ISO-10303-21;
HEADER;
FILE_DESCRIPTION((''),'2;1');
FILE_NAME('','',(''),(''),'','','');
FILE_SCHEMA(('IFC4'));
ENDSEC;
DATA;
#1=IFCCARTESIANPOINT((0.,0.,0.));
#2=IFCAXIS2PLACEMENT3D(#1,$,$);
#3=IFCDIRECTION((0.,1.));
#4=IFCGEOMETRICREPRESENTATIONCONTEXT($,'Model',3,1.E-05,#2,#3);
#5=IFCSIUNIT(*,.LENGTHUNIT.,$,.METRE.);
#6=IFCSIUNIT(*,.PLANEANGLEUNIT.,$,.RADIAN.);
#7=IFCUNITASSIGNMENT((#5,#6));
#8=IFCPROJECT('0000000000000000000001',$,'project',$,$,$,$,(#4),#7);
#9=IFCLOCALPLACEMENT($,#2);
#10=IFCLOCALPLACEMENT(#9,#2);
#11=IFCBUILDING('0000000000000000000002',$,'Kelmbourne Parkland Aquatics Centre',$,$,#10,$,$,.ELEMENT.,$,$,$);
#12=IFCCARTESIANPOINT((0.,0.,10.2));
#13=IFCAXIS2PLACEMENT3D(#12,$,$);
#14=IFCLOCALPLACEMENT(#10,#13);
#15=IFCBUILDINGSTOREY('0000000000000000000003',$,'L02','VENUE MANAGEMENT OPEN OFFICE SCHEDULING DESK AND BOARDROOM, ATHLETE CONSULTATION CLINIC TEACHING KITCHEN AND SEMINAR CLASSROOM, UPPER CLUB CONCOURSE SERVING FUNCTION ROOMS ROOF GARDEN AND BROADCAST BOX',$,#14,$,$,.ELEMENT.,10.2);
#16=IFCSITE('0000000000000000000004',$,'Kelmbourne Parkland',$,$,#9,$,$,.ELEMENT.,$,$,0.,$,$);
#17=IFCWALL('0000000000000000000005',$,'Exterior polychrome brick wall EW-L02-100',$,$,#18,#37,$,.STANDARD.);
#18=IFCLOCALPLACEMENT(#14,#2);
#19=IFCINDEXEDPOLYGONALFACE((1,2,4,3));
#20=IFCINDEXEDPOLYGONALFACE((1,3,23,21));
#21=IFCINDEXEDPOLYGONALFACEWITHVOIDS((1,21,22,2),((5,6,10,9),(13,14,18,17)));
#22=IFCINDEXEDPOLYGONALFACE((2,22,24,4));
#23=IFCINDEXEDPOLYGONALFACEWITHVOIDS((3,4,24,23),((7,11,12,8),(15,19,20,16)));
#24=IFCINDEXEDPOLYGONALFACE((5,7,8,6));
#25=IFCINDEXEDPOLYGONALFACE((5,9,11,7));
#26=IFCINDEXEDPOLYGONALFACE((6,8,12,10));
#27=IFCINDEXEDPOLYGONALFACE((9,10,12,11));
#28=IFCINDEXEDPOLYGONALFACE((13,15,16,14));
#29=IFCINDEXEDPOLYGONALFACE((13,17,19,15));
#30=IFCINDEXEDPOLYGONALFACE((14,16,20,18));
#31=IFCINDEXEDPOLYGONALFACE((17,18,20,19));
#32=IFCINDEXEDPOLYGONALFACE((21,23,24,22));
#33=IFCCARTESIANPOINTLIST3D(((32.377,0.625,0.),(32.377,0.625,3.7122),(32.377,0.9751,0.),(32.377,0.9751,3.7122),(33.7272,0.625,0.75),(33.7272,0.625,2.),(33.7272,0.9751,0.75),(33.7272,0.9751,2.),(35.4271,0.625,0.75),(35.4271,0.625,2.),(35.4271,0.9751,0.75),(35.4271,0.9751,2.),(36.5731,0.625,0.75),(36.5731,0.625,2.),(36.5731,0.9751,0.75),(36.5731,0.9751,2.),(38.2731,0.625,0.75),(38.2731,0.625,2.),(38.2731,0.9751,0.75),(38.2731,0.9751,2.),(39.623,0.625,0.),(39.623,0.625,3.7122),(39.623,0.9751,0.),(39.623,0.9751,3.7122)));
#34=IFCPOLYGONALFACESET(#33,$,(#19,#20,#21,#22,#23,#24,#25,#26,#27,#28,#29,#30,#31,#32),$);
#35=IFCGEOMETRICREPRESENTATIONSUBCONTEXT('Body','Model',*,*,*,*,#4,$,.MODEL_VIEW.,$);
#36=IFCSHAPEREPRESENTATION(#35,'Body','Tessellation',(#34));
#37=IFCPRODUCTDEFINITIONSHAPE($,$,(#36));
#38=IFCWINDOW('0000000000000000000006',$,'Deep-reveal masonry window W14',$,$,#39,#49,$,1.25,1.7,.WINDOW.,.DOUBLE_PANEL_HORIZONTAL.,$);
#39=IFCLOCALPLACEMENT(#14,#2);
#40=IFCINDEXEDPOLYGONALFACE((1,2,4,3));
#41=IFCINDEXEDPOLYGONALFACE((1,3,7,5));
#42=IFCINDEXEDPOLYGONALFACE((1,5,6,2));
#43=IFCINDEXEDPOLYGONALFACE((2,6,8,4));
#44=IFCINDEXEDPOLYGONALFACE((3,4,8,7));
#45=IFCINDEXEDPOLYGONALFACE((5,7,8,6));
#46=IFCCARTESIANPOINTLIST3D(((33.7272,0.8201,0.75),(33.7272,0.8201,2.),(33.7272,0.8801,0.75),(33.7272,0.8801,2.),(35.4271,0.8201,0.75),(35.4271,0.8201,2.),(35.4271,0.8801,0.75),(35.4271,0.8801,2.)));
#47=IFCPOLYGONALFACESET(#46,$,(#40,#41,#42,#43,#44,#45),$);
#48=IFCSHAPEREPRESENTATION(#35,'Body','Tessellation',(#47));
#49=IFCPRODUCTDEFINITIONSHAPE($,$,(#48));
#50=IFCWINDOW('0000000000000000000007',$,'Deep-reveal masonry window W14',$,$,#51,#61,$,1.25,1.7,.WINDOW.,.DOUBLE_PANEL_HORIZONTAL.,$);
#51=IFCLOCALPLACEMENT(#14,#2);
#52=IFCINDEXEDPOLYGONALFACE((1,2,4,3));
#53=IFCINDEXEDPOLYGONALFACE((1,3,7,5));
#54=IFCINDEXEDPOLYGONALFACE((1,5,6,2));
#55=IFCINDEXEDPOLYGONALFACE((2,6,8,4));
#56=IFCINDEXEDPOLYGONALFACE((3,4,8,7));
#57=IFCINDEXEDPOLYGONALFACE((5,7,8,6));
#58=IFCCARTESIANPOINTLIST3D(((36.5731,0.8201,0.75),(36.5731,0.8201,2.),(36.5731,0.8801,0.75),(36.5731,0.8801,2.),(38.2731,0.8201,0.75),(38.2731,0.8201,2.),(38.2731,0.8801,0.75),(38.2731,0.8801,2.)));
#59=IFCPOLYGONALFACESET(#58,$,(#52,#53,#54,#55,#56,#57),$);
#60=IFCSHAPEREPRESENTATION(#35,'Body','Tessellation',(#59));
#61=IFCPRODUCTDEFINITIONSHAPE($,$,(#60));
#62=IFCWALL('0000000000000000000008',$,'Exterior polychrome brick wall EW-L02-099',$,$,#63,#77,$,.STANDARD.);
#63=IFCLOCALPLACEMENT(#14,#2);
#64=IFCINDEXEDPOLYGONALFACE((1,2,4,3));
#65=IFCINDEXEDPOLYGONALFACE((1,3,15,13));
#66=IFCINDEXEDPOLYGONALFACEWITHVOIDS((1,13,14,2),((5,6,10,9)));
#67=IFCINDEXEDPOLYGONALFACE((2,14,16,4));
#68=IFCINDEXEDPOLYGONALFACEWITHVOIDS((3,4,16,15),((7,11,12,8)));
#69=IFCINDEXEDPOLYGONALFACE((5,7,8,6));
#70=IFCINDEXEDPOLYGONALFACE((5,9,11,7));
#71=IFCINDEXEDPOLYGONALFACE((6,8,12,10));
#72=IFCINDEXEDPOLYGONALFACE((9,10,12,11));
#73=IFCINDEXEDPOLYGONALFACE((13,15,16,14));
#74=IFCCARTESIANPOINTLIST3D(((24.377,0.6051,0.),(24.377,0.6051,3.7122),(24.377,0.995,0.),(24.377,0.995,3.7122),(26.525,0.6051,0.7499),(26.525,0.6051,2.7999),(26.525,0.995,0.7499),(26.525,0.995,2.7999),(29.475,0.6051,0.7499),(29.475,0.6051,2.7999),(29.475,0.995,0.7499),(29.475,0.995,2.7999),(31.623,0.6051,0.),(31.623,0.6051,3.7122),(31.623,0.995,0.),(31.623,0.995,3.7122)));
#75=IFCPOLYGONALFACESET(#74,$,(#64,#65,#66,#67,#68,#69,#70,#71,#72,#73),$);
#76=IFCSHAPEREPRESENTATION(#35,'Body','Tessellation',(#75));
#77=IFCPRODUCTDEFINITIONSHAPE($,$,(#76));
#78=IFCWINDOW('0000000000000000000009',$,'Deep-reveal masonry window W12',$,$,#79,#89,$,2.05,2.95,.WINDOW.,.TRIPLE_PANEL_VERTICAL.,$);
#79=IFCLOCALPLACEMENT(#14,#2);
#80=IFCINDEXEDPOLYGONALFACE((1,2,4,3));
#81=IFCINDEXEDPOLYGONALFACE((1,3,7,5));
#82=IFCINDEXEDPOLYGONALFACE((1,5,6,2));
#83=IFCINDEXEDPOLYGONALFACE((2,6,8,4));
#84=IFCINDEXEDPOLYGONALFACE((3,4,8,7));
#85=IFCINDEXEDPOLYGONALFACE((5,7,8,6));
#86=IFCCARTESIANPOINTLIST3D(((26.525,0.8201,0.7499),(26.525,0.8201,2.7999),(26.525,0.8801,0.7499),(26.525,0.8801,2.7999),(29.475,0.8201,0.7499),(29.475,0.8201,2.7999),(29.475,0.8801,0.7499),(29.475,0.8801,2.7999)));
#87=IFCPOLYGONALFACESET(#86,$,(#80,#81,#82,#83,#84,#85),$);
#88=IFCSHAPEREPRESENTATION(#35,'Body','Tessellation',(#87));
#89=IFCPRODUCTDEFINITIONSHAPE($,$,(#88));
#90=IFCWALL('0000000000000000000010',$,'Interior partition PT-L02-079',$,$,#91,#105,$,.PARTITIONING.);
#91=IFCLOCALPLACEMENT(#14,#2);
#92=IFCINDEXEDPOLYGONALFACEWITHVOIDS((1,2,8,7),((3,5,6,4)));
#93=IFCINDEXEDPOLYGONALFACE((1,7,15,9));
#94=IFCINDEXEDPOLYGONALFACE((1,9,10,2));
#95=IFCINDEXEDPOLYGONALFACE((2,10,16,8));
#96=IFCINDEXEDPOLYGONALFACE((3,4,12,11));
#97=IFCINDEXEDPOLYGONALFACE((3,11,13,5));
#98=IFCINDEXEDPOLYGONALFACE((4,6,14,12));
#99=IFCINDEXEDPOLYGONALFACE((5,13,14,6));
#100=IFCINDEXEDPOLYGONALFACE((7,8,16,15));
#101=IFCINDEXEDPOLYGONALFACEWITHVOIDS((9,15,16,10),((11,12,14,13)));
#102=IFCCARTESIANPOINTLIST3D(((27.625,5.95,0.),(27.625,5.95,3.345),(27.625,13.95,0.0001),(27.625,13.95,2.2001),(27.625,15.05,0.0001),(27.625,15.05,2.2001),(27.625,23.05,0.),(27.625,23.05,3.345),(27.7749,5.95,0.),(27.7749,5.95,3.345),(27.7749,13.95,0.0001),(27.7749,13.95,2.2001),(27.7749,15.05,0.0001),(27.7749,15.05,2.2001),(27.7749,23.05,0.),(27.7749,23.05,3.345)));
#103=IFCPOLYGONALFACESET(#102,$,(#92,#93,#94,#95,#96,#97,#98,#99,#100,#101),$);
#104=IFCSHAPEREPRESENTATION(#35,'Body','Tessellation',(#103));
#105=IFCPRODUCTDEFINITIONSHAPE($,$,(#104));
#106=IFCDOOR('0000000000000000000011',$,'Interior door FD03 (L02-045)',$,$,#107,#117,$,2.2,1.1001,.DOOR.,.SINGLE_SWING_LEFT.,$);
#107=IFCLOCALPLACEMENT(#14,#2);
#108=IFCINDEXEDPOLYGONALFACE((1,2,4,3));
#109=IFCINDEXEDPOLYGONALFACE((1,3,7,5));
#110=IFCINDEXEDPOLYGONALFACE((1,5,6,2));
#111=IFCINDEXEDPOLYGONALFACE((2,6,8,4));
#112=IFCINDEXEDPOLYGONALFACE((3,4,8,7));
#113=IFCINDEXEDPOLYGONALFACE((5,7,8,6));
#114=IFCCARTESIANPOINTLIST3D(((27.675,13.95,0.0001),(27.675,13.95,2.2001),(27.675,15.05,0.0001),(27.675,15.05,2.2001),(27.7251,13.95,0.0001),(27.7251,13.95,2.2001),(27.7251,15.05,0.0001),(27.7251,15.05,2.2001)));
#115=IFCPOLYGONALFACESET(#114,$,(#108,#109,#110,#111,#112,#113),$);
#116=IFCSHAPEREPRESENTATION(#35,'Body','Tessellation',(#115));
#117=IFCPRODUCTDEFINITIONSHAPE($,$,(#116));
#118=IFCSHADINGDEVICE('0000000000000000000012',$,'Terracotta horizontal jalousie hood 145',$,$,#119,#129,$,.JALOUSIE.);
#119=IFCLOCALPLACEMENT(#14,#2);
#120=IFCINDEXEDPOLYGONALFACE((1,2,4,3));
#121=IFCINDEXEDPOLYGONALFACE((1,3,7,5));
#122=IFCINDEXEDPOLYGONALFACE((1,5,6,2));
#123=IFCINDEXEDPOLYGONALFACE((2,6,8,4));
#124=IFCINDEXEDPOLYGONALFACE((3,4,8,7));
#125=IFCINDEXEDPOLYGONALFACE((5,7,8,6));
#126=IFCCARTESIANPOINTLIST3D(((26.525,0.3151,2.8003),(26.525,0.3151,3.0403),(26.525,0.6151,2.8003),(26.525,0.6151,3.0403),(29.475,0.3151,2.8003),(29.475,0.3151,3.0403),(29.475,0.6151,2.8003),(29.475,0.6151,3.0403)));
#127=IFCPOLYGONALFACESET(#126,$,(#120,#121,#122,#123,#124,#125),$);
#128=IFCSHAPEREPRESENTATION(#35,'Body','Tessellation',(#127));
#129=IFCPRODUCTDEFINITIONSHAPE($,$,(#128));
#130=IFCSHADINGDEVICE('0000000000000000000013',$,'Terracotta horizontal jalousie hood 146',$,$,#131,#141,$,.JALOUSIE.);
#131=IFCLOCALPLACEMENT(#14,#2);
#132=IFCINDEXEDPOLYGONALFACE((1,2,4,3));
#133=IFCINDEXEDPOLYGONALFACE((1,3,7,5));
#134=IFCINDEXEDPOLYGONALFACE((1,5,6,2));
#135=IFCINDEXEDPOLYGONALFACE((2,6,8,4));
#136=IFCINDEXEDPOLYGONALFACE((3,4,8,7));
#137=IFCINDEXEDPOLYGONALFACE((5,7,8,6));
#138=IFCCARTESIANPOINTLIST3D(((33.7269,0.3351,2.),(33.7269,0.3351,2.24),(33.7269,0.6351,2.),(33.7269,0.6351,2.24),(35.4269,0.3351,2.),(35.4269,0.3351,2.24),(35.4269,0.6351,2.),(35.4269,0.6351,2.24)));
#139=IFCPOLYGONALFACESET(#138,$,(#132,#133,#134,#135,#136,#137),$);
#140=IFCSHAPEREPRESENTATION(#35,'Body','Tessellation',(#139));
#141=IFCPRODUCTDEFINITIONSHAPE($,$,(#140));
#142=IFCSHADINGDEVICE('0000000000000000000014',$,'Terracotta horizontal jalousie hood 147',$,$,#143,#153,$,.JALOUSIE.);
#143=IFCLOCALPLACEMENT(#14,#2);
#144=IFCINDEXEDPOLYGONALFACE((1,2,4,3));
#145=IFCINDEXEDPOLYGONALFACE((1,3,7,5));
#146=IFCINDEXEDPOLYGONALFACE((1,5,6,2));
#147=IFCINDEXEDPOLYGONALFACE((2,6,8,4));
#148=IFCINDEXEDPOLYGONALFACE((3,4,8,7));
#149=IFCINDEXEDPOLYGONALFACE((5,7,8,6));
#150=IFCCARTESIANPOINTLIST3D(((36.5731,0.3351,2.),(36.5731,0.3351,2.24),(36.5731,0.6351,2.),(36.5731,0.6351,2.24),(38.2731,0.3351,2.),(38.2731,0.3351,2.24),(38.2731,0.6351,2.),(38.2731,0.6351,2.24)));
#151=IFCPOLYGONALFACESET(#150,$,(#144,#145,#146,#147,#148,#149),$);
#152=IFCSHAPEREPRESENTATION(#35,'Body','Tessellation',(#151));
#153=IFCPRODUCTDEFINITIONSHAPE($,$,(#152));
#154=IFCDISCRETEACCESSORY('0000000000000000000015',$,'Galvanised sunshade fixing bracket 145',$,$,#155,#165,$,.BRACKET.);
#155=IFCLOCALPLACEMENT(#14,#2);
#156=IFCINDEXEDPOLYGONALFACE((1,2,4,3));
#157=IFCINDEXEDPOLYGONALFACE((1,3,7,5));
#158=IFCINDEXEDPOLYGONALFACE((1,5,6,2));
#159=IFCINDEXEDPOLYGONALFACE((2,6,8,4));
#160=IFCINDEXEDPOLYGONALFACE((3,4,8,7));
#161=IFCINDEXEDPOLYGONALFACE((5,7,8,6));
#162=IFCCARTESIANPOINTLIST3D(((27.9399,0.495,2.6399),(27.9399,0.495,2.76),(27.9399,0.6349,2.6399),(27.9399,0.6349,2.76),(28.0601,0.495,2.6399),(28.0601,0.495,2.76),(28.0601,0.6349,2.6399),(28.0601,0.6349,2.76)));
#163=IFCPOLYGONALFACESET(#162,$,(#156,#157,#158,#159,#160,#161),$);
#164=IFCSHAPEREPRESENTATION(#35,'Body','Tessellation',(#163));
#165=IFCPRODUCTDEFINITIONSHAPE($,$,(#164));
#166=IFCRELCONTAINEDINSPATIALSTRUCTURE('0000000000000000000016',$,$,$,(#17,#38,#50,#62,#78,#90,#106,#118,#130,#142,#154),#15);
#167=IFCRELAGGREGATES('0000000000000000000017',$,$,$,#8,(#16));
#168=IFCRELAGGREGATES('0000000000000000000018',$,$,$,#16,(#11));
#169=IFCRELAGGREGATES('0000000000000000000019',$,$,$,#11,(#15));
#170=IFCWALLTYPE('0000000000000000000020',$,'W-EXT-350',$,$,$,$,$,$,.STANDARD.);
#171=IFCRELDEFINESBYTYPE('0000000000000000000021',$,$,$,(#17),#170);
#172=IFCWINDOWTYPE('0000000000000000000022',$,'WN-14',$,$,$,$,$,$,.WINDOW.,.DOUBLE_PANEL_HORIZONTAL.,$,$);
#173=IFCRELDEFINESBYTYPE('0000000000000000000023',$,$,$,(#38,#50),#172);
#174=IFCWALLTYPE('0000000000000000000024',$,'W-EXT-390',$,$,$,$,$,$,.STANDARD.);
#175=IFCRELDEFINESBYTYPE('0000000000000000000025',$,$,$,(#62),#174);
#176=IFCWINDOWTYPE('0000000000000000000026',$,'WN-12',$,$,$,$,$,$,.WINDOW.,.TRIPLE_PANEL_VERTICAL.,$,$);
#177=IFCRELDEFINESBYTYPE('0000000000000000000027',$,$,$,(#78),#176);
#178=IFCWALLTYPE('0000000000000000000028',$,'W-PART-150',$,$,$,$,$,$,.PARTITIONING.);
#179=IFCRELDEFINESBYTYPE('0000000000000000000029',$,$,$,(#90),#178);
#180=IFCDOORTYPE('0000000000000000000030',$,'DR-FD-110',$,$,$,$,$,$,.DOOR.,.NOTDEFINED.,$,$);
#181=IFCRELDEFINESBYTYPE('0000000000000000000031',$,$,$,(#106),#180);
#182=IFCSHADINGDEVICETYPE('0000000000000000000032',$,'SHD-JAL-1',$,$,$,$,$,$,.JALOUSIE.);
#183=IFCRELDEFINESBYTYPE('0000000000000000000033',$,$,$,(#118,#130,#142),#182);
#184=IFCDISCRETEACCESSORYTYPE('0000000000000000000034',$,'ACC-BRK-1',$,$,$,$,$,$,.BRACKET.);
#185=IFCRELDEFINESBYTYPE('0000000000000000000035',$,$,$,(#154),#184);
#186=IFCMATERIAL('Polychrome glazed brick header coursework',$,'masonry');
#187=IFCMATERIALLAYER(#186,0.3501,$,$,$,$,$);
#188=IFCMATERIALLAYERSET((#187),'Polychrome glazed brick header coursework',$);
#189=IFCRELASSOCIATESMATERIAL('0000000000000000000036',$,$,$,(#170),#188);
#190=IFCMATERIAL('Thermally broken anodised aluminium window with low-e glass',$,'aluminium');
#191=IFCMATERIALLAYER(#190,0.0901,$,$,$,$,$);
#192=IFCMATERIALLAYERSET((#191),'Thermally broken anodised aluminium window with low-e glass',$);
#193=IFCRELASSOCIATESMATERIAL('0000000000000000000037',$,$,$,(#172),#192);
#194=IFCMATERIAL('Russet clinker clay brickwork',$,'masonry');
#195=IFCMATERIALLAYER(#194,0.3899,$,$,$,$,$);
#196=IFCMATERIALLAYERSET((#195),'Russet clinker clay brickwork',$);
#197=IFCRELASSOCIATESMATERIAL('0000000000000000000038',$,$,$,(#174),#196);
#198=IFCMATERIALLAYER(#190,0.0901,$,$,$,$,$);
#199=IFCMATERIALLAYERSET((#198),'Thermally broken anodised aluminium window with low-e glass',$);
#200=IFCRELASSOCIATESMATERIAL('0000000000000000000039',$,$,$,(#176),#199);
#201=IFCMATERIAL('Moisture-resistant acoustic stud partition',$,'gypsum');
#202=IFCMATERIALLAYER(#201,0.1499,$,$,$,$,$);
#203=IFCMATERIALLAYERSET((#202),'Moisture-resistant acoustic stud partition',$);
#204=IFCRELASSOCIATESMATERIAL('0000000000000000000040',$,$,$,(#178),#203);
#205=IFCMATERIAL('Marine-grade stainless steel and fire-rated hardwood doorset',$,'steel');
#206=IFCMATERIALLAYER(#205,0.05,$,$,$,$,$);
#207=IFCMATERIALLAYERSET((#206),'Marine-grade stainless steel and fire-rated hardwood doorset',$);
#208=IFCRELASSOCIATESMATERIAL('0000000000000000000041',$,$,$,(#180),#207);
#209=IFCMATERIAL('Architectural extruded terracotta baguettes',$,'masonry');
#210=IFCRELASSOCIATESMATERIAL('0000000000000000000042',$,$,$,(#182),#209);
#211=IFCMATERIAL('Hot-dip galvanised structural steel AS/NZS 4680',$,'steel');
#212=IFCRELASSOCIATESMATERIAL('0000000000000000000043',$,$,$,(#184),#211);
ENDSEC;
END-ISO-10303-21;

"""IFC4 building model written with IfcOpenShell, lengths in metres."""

from ifc_helpers import new_model, si_unit, direction, frame, frame_2d, origin, origin_2d, place, context, subcontext, project, spatial, rectangle, extrude, material, layer, layer_set, type_object, element, fill, save


model = new_model("IFC4")

# Units and contexts
model_context = context("Model", 3, precision=1e-05, world=origin(), true_north=direction((0.0, 1.0)))
body_context = subcontext(model_context, "Body", "Model", "MODEL_VIEW")
ifc_project = project(units=[si_unit("LENGTHUNIT", "METRE"), si_unit("PLANEANGLEUNIT", "RADIAN")], contexts=[model_context])

# Site, building, storey
site_placement = place(None, origin())
site = spatial("IfcSite", under=ifc_project, at=site_placement, Name="Kelmbourne Parkland", CompositionType="ELEMENT", RefElevation=0.0)
building_placement = place(site_placement, origin())
building = spatial("IfcBuilding", under=site, at=building_placement, Name="Kelmbourne Parkland Aquatics Centre", CompositionType="ELEMENT")
storey_placement = place(building_placement, frame((0.0, 0.0, 10.2)))
storey = spatial("IfcBuildingStorey", under=building, at=storey_placement, Name="L02", Description="VENUE MANAGEMENT OPEN OFFICE SCHEDULING DESK AND BOARDROOM, ATHLETE CONSULTATION CLINIC TEACHING KITCHEN AND SEMINAR CLASSROOM, UPPER CLUB CONCOURSE SERVING FUNCTION ROOMS ROOF GARDEN AND BROADCAST BOX", CompositionType="ELEMENT", Elevation=10.2)

# Wall, openings, windows
ifc_material_1 = material(Name="Polychrome glazed brick header coursework", Category="masonry")
ifc_layer_1 = layer(ifc_material_1, 0.3501)
ifc_layer_set_1 = layer_set([ifc_layer_1], Name="Polychrome glazed brick header coursework")
wall_type_1 = type_object("IfcWallType", Name="W-EXT-350", PredefinedType="STANDARD", material=ifc_layer_set_1)
wall_1_placement = place(storey_placement, frame((32.377, 0.8, 0.0), z_axis=(0.0, 0.0, 1.0), x_axis=(1.0, 0.0, 0.0)))
wall_1 = element("IfcWall", 1, at=wall_1_placement, inside=storey, type_object=wall_type_1, Name="Exterior polychrome brick wall EW-L02-100", PredefinedType="STANDARD", context=body_context, shape_type="SweptSolid", body=[
    extrude(rectangle(XDim=7.2461, YDim=0.3501, at=frame_2d((3.623, 0.0))), origin(), (0.0, 0.0, 1.0), 3.7122),
])
opening_1_placement = place(wall_1_placement, frame((1.3501, 0.0, 0.75)))
opening_1 = element("IfcOpeningElement", 2, at=opening_1_placement, cuts=wall_1, PredefinedType="OPENING", context=body_context, shape_type="SweptSolid", body=[
    extrude(rectangle(XDim=1.7, YDim=1.25, at=frame_2d((0.8501, 0.625))), frame((0.0, 0.187, 0.0), z_axis=(0.0, -1.0, 0.0), x_axis=(1.0, 0.0, 0.0)), (0.0, 0.0, 1.0), 0.374),
])
opening_2_placement = place(wall_1_placement, frame((4.196, 0.0, 0.75)))
opening_2 = element("IfcOpeningElement", 3, at=opening_2_placement, cuts=wall_1, PredefinedType="OPENING", context=body_context, shape_type="SweptSolid", body=[
    extrude(rectangle(XDim=1.7, YDim=1.25, at=frame_2d((0.8501, 0.625))), frame((0.0, 0.187, 0.0), z_axis=(0.0, -1.0, 0.0), x_axis=(1.0, 0.0, 0.0)), (0.0, 0.0, 1.0), 0.374),
])
ifc_material_2 = material(Name="Thermally broken anodised aluminium window with low-e glass", Category="aluminium")
ifc_layer_2 = layer(ifc_material_2, 0.0901)
ifc_layer_set_2 = layer_set([ifc_layer_2], Name="Thermally broken anodised aluminium window with low-e glass")
window_type_1 = type_object("IfcWindowType", Name="WN-14", PartitioningType="DOUBLE_PANEL_HORIZONTAL", PredefinedType="WINDOW", material=ifc_layer_set_2)
window_1_placement = place(opening_1_placement, origin())
window_1 = element("IfcWindow", 4, at=window_1_placement, inside=storey, type_object=window_type_1, Name="Deep-reveal masonry window W14", OverallHeight=1.25, OverallWidth=1.7, PartitioningType="DOUBLE_PANEL_HORIZONTAL", PredefinedType="WINDOW", context=body_context, shape_type="SweptSolid", body=[
    extrude(rectangle(XDim=1.7, YDim=1.25, at=frame_2d((0.8501, 0.625))), frame((0.0, 0.0801, 0.0), z_axis=(0.0, -1.0, 0.0), x_axis=(1.0, 0.0, 0.0)), (0.0, 0.0, 1.0), 0.0601),
])
fill(opening_1, window_1)
window_2_placement = place(opening_2_placement, origin())
window_2 = element("IfcWindow", 5, at=window_2_placement, inside=storey, type_object=window_type_1, Name="Deep-reveal masonry window W14", OverallHeight=1.25, OverallWidth=1.7, PartitioningType="DOUBLE_PANEL_HORIZONTAL", PredefinedType="WINDOW", context=body_context, shape_type="SweptSolid", body=[
    extrude(rectangle(XDim=1.7, YDim=1.25, at=frame_2d((0.8501, 0.625))), frame((0.0, 0.0801, 0.0), z_axis=(0.0, -1.0, 0.0), x_axis=(1.0, 0.0, 0.0)), (0.0, 0.0, 1.0), 0.0601),
])
fill(opening_2, window_2)

# Wall, opening, window
ifc_material_3 = material(Name="Russet clinker clay brickwork", Category="masonry")
ifc_layer_3 = layer(ifc_material_3, 0.3899)
ifc_layer_set_3 = layer_set([ifc_layer_3], Name="Russet clinker clay brickwork")
wall_type_2 = type_object("IfcWallType", Name="W-EXT-390", PredefinedType="STANDARD", material=ifc_layer_set_3)
wall_2_placement = place(storey_placement, frame((24.377, 0.8, 0.0), z_axis=(0.0, 0.0, 1.0), x_axis=(1.0, 0.0, 0.0)))
wall_2 = element("IfcWall", 6, at=wall_2_placement, inside=storey, type_object=wall_type_2, Name="Exterior polychrome brick wall EW-L02-099", PredefinedType="STANDARD", context=body_context, shape_type="SweptSolid", body=[
    extrude(rectangle(XDim=7.2461, YDim=0.3899, at=frame_2d((3.623, 0.0))), origin(), (0.0, 0.0, 1.0), 3.7122),
])
opening_3_placement = place(wall_2_placement, frame((2.1479, 0.0, 0.75)))
opening_3 = element("IfcOpeningElement", 7, at=opening_3_placement, cuts=wall_2, PredefinedType="OPENING", context=body_context, shape_type="SweptSolid", body=[
    extrude(rectangle(XDim=2.95, YDim=2.05, at=frame_2d((1.4751, 1.0249))), frame((0.0, 0.207, 0.0), z_axis=(0.0, -1.0, 0.0), x_axis=(1.0, 0.0, 0.0)), (0.0, 0.0, 1.0), 0.4138),
])
ifc_layer_4 = layer(ifc_material_2, 0.0901)
ifc_layer_set_4 = layer_set([ifc_layer_4], Name="Thermally broken anodised aluminium window with low-e glass")
window_type_2 = type_object("IfcWindowType", Name="WN-12", PartitioningType="TRIPLE_PANEL_VERTICAL", PredefinedType="WINDOW", material=ifc_layer_set_4)
window_3_placement = place(opening_3_placement, origin())
window_3 = element("IfcWindow", 8, at=window_3_placement, inside=storey, type_object=window_type_2, Name="Deep-reveal masonry window W12", OverallHeight=2.05, OverallWidth=2.95, PartitioningType="TRIPLE_PANEL_VERTICAL", PredefinedType="WINDOW", context=body_context, shape_type="SweptSolid", body=[
    extrude(rectangle(XDim=2.95, YDim=2.05, at=frame_2d((1.4751, 1.0249))), frame((0.0, 0.0801, 0.0), z_axis=(0.0, -1.0, 0.0), x_axis=(1.0, 0.0, 0.0)), (0.0, 0.0, 1.0), 0.0601),
])
fill(opening_3, window_3)

# Wall, opening, door
ifc_material_4 = material(Name="Moisture-resistant acoustic stud partition", Category="gypsum")
ifc_layer_5 = layer(ifc_material_4, 0.1499)
ifc_layer_set_5 = layer_set([ifc_layer_5], Name="Moisture-resistant acoustic stud partition")
wall_type_3 = type_object("IfcWallType", Name="W-PART-150", PredefinedType="PARTITIONING", material=ifc_layer_set_5)
wall_3_placement = place(storey_placement, frame((27.7, 5.95, 0.0), z_axis=(0.0, 0.0, 1.0), x_axis=(0.0, 1.0, 0.0)))
wall_3 = element("IfcWall", 9, at=wall_3_placement, inside=storey, type_object=wall_type_3, Name="Interior partition PT-L02-079", PredefinedType="PARTITIONING", context=body_context, shape_type="SweptSolid", body=[
    extrude(rectangle(XDim=17.1001, YDim=0.1499, at=frame_2d((8.55, 0.0))), origin(), (0.0, 0.0, 1.0), 3.345),
])
opening_4_placement = place(wall_3_placement, frame((8.0, 0.0, 0.0)))
opening_4 = element("IfcOpeningElement", 10, at=opening_4_placement, cuts=wall_3, PredefinedType="OPENING", context=body_context, shape_type="SweptSolid", body=[
    extrude(rectangle(XDim=1.1001, YDim=2.2, at=frame_2d((0.55, 1.1001))), frame((0.0, 0.0869, 0.0), z_axis=(0.0, -1.0, 0.0), x_axis=(1.0, 0.0, 0.0)), (0.0, 0.0, 1.0), 0.1738),
])
ifc_material_5 = material(Name="Marine-grade stainless steel and fire-rated hardwood doorset", Category="steel")
ifc_layer_6 = layer(ifc_material_5, 0.05)
ifc_layer_set_6 = layer_set([ifc_layer_6], Name="Marine-grade stainless steel and fire-rated hardwood doorset")
door_type = type_object("IfcDoorType", Name="DR-FD-110", OperationType="NOTDEFINED", PredefinedType="DOOR", material=ifc_layer_set_6)
door_placement = place(opening_4_placement, origin())
door = element("IfcDoor", 11, at=door_placement, inside=storey, type_object=door_type, Name="Interior door FD03 (L02-045)", OperationType="SINGLE_SWING_LEFT", OverallHeight=2.2, OverallWidth=1.1001, PredefinedType="DOOR", context=body_context, shape_type="SweptSolid", body=[
    extrude(rectangle(XDim=1.1001, YDim=2.2, at=frame_2d((0.55, 1.1001))), frame((0.0, 0.0249, 0.0), z_axis=(0.0, -1.0, 0.0), x_axis=(1.0, 0.0, 0.0)), (0.0, 0.0, 1.0), 0.05),
])
fill(opening_4, door)

# Shading devices
ifc_material_6 = material(Name="Architectural extruded terracotta baguettes", Category="masonry")
shading_device_type = type_object("IfcShadingDeviceType", Name="SHD-JAL-1", PredefinedType="JALOUSIE", material=ifc_material_6)
shading_device_placement = place(storey_placement, frame((28.0, 0.4651, 2.8003), z_axis=(0.0, 0.0, 1.0), x_axis=(1.0, 0.0, 0.0)))
element("IfcShadingDevice", 12, at=shading_device_placement, inside=storey, type_object=shading_device_type, Name="Terracotta horizontal jalousie hood 145", PredefinedType="JALOUSIE", context=body_context, shape_type="SweptSolid", body=[
    extrude(rectangle(XDim=2.95, YDim=0.3, at=origin_2d()), origin(), (0.0, 0.0, 1.0), 0.24),
])
for number, where, z_axis, x_axis, name in (
    (13, (34.5769, 0.4851, 2.0), (0.0, 0.0, 1.0), (1.0, 0.0, 0.0), "Terracotta horizontal jalousie hood 146"),
    (14, (37.4231, 0.4851, 2.0), (0.0, 0.0, 1.0), (1.0, 0.0, 0.0), "Terracotta horizontal jalousie hood 147"),
):
    element("IfcShadingDevice", number, at=place(storey_placement, frame(where, z_axis=z_axis, x_axis=x_axis)), inside=storey, type_object=shading_device_type, Name=name, PredefinedType="JALOUSIE", context=body_context, shape_type="SweptSolid", body=[
        extrude(rectangle(XDim=1.7, YDim=0.3, at=origin_2d()), origin(), (0.0, 0.0, 1.0), 0.24),
    ])

# Discrete accessory
ifc_material_7 = material(Name="Hot-dip galvanised structural steel AS/NZS 4680", Category="steel")
discrete_accessory_type = type_object("IfcDiscreteAccessoryType", Name="ACC-BRK-1", PredefinedType="BRACKET", material=ifc_material_7)
for number, where, z_axis, x_axis, name in (
    (15, (28.0, 0.5649, 2.6399), (0.0, 0.0, 1.0), (1.0, 0.0, 0.0), "Galvanised sunshade fixing bracket 145"),
):
    element("IfcDiscreteAccessory", number, at=place(storey_placement, frame(where, z_axis=z_axis, x_axis=x_axis)), inside=storey, type_object=discrete_accessory_type, Name=name, PredefinedType="BRACKET", context=body_context, shape_type="SweptSolid", body=[
        extrude(rectangle(XDim=0.1201, YDim=0.1399, at=origin_2d()), origin(), (0.0, 0.0, 1.0), 0.1201),
    ])

save(model, "model.ifc")
